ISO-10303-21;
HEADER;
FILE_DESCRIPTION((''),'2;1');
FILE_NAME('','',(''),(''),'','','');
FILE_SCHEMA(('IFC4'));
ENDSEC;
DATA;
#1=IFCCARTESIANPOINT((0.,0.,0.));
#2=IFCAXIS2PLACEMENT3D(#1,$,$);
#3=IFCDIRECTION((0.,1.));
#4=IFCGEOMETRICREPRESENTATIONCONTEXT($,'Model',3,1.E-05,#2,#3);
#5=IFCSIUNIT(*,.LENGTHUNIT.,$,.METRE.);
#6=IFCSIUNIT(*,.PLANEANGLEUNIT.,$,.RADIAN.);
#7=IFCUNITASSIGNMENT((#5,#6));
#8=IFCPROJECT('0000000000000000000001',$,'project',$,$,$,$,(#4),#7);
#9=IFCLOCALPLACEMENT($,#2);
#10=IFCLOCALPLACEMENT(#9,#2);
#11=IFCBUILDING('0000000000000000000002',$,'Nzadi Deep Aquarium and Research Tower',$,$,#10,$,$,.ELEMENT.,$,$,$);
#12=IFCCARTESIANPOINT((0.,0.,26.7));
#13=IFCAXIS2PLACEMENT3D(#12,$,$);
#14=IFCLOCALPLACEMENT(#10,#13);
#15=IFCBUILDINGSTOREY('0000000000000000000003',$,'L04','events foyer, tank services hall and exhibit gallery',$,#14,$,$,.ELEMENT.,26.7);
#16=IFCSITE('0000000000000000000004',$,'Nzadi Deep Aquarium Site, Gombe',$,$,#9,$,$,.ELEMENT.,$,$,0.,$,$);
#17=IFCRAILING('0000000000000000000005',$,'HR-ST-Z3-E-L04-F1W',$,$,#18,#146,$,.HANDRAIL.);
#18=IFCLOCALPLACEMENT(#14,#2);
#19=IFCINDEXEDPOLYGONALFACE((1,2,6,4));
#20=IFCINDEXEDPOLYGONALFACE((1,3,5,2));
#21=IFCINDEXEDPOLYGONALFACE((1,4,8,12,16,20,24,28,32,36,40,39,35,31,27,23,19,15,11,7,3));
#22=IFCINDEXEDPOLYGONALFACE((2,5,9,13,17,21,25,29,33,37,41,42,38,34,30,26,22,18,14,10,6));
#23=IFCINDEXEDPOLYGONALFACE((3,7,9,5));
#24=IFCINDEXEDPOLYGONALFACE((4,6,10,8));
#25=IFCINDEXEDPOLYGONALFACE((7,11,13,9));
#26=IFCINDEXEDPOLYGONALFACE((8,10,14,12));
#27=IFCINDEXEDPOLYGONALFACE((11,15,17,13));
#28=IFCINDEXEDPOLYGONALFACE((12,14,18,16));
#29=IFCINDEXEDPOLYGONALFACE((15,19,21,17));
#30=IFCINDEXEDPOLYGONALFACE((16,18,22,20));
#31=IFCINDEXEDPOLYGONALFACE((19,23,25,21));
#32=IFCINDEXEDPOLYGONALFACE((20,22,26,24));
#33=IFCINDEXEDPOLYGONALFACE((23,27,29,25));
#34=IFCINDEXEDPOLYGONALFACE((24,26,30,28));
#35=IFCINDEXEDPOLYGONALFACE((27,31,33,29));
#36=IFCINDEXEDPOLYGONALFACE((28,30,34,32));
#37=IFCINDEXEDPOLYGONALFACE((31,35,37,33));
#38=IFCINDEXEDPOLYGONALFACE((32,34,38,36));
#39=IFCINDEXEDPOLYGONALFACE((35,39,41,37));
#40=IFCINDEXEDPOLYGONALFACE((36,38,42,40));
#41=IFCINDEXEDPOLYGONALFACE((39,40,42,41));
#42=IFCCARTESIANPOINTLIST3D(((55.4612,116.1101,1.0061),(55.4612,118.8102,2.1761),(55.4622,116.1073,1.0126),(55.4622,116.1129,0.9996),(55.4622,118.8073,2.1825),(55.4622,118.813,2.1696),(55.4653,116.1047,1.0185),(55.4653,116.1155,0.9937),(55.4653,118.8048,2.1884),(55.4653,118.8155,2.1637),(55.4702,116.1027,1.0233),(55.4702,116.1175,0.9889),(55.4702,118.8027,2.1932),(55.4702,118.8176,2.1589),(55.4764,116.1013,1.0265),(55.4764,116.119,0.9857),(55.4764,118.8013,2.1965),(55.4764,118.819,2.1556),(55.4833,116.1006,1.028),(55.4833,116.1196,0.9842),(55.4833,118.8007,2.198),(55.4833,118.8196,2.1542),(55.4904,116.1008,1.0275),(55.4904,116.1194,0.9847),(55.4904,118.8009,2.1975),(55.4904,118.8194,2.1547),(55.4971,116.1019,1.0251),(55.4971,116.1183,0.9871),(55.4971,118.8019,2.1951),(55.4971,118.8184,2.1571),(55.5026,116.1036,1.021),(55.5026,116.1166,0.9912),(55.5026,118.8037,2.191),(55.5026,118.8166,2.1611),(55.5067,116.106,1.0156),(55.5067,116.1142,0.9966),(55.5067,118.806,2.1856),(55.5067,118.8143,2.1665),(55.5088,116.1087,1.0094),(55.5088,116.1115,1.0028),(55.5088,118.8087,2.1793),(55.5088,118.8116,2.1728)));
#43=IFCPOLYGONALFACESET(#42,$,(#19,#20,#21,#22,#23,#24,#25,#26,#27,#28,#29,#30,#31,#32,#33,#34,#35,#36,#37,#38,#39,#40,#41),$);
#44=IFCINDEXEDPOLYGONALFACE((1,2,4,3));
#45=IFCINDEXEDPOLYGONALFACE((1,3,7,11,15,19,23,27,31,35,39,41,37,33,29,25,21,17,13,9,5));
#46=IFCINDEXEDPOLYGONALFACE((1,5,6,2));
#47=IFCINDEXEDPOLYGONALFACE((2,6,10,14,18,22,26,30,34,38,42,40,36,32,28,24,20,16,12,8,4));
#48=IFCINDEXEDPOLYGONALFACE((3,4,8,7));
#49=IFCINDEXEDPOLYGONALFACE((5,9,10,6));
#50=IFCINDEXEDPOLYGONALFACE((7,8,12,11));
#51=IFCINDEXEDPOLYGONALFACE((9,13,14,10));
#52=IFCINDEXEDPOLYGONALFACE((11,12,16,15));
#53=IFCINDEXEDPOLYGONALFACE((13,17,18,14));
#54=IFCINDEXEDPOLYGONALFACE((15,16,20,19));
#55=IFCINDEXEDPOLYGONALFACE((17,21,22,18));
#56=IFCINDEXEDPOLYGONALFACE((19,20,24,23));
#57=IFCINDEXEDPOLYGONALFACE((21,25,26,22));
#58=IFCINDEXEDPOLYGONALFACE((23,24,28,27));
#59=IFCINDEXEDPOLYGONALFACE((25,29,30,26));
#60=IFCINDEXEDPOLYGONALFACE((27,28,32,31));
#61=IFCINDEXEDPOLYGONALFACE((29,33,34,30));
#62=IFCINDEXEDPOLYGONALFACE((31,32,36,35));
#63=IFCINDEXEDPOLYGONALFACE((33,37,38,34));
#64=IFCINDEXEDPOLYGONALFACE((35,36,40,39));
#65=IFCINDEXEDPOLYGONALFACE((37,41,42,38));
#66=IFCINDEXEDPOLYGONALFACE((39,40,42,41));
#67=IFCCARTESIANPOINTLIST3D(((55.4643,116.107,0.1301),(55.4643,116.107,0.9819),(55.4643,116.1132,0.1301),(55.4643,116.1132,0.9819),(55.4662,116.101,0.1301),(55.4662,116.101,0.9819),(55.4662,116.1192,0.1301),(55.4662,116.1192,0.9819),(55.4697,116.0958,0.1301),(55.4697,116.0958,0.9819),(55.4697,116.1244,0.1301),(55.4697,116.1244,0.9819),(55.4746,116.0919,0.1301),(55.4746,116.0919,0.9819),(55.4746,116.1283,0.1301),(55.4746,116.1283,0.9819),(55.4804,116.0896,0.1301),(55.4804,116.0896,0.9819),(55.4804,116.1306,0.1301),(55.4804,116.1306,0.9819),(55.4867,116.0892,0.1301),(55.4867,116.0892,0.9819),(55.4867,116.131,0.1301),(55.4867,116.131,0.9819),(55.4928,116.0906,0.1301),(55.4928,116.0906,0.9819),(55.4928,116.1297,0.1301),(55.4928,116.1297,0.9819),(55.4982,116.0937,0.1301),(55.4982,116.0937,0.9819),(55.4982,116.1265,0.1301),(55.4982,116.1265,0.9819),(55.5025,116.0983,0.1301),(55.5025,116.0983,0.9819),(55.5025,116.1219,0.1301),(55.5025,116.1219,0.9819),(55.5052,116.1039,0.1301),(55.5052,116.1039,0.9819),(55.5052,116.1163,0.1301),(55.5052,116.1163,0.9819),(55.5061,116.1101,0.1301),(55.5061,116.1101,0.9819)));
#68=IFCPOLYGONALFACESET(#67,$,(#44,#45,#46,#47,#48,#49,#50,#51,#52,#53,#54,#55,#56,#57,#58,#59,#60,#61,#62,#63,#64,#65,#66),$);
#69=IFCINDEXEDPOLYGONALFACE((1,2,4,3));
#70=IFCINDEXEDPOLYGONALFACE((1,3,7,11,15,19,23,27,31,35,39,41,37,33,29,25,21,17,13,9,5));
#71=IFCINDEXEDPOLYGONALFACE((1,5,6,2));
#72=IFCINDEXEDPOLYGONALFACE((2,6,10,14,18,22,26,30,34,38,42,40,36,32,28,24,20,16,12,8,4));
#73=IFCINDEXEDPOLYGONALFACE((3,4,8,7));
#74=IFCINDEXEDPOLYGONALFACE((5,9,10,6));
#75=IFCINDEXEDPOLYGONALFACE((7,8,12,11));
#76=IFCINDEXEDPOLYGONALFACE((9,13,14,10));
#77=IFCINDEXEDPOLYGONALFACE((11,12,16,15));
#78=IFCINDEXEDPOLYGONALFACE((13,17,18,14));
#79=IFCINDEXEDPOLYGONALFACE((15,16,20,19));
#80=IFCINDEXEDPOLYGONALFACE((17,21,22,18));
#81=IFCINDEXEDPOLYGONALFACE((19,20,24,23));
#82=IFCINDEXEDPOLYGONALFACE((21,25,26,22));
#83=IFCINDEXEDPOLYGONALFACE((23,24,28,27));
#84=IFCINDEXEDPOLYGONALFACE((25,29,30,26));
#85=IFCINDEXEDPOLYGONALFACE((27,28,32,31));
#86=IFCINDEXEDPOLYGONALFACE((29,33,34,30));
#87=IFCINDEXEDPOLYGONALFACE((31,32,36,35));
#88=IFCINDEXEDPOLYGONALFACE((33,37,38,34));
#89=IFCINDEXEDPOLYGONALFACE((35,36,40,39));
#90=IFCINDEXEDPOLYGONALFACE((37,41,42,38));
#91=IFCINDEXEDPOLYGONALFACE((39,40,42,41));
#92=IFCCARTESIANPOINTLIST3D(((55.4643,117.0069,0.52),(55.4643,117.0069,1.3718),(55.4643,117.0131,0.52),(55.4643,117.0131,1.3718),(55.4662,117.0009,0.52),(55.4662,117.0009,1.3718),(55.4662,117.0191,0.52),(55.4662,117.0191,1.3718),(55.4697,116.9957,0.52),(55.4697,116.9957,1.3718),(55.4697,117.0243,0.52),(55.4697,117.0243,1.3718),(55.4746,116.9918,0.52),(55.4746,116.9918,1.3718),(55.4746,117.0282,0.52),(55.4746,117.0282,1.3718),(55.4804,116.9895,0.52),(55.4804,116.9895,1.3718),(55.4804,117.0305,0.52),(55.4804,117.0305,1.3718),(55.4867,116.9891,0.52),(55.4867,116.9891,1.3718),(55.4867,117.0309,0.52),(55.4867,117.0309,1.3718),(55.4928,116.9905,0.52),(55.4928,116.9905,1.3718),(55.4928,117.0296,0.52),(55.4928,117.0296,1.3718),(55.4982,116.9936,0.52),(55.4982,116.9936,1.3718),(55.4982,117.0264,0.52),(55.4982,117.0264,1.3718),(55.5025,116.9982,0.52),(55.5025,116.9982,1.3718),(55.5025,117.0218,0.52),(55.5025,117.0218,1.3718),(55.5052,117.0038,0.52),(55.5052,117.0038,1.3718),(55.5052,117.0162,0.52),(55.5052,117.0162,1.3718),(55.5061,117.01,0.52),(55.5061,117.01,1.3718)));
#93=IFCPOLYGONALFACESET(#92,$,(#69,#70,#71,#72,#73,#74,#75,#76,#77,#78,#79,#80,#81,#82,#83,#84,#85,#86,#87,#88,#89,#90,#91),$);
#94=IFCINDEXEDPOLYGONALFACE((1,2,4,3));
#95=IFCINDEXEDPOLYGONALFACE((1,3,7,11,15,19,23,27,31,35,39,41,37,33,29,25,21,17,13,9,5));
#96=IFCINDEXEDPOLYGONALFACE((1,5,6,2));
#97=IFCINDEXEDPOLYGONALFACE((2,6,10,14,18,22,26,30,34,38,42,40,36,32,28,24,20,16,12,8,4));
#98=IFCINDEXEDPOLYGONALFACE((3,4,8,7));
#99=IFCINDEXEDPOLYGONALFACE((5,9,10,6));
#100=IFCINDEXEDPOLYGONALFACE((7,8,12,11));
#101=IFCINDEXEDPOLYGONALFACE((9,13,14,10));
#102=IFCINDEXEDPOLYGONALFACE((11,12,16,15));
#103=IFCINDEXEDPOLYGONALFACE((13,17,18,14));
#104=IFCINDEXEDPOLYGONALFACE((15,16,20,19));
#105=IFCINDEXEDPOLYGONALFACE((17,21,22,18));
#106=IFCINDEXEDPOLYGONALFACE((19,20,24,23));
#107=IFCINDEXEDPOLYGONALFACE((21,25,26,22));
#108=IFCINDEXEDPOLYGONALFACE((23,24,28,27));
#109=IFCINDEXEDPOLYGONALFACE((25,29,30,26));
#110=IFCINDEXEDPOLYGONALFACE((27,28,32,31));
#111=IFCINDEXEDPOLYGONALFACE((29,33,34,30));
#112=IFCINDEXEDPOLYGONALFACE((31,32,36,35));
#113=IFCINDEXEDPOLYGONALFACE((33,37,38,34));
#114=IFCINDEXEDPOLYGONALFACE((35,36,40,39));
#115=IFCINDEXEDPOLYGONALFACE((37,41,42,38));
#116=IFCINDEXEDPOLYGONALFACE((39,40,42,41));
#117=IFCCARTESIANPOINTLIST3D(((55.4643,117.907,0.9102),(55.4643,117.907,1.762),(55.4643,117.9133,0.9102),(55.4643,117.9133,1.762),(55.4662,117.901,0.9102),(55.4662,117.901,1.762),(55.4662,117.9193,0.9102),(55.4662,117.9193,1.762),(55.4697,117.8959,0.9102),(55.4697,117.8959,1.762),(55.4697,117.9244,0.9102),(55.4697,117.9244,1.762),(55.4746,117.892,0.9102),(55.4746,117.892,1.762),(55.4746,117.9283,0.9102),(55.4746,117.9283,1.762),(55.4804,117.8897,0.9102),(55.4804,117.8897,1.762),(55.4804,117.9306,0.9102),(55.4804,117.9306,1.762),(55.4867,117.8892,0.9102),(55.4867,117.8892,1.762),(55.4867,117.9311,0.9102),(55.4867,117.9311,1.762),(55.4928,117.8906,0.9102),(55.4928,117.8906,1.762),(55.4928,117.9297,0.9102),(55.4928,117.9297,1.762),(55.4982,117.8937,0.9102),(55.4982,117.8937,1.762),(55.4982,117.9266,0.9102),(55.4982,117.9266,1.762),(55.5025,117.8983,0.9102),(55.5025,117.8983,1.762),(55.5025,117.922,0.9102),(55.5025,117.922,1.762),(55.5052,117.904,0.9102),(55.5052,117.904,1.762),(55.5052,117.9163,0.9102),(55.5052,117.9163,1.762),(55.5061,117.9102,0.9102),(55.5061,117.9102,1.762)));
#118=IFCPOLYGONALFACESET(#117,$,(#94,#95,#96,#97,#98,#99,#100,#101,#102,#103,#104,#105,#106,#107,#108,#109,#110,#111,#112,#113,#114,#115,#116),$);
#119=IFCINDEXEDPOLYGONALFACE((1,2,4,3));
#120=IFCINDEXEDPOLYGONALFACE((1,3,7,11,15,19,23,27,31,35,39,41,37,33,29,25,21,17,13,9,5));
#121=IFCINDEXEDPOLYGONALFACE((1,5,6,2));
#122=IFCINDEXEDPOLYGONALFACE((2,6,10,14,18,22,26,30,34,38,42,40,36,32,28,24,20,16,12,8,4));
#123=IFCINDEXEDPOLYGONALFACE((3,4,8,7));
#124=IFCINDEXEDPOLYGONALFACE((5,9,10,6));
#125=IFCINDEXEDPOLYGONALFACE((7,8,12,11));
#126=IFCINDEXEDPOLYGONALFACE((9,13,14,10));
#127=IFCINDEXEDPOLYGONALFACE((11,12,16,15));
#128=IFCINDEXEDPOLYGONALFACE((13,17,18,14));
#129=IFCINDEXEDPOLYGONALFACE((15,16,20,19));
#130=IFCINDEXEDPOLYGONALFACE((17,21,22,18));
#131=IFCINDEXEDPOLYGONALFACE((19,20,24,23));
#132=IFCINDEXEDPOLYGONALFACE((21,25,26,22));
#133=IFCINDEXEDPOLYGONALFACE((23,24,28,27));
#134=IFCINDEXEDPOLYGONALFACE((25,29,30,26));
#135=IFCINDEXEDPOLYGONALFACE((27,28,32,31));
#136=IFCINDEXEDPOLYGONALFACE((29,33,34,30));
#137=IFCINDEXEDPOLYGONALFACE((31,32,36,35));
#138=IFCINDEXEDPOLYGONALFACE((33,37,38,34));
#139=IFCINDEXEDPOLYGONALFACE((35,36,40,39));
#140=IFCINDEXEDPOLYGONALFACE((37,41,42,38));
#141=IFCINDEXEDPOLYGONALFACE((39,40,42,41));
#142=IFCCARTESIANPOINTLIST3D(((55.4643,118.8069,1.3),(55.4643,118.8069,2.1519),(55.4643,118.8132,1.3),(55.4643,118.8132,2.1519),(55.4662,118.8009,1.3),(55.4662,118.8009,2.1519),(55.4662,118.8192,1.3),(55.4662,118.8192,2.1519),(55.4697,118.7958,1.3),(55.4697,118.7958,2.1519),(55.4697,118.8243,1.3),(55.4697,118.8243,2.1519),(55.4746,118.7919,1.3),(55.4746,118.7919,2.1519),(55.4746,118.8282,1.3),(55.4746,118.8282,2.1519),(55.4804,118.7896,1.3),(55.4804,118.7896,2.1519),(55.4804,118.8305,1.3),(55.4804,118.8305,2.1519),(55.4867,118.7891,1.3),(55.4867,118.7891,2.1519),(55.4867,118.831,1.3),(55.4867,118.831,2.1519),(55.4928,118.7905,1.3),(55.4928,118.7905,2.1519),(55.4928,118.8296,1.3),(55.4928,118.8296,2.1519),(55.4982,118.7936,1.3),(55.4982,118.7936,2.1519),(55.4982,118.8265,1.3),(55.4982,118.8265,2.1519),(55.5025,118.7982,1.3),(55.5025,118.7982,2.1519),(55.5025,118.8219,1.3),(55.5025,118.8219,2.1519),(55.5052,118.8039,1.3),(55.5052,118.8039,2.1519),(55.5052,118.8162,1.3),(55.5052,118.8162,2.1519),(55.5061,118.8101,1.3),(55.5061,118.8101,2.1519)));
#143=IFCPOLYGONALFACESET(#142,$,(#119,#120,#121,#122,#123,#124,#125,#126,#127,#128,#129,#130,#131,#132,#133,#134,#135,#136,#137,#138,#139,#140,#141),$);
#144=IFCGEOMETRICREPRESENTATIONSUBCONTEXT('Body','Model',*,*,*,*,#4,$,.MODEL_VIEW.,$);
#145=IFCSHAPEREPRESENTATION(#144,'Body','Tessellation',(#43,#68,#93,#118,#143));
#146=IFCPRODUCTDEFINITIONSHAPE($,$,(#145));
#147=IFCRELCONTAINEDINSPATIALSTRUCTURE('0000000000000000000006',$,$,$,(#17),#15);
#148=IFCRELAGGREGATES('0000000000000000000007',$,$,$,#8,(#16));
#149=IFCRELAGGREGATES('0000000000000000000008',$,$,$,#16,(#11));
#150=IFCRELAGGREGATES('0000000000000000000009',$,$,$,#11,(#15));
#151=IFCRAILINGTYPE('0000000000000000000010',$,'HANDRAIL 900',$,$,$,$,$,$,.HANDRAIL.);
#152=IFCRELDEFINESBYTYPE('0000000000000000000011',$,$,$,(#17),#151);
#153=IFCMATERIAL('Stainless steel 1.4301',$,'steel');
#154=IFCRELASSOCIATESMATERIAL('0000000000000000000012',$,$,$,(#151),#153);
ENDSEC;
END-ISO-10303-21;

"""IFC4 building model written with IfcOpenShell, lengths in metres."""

from ifc_helpers import new_model, si_unit, direction, frame, origin, origin_2d, place, context, subcontext, project, spatial, circle, extrude, material, type_object, element, save


model = new_model("IFC4")

# Units and contexts
model_context = context("Model", 3, precision=1e-05, world=origin(), true_north=direction((0.0, 1.0)))
body_context = subcontext(model_context, "Body", "Model", "MODEL_VIEW")
ifc_project = project(units=[si_unit("LENGTHUNIT", "METRE"), si_unit("PLANEANGLEUNIT", "RADIAN")], contexts=[model_context])

# Site, building, storey
site_placement = place(None, origin())
site = spatial("IfcSite", under=ifc_project, at=site_placement, Name="Nzadi Deep Aquarium Site, Gombe", CompositionType="ELEMENT", RefElevation=0.0)
building_placement = place(site_placement, origin())
building = spatial("IfcBuilding", under=site, at=building_placement, Name="Nzadi Deep Aquarium and Research Tower", CompositionType="ELEMENT")
storey_placement = place(building_placement, frame((0.0, 0.0, 26.7)))
storey = spatial("IfcBuildingStorey", under=building, at=storey_placement, Name="L04", Description="events foyer, tank services hall and exhibit gallery", CompositionType="ELEMENT", Elevation=26.7)

# Railing
ifc_material_1 = material(Name="Stainless steel 1.4301", Category="steel")
railing_type = type_object("IfcRailingType", Name="HANDRAIL 900", PredefinedType="HANDRAIL", material=ifc_material_1)
for number, where, name in (
    (1, (55.4851, 116.1101, 0.1301), "HR-ST-Z3-E-L04-F1W"),
):
    element("IfcRailing", number, at=place(storey_placement, frame(where)), inside=storey, type_object=railing_type, Name=name, PredefinedType="HANDRAIL", context=body_context, shape_type="SweptSolid", body=[
        extrude(circle(Radius=0.0239, at=origin_2d()), frame((0.0, 0.0, 0.876), z_axis=(0.0, 0.917563, 0.397591), x_axis=(-1.0, 0.0, 0.0)), (0.0, 0.0, 1.0), 2.9426),
        extrude(circle(Radius=0.021, at=origin_2d()), origin(), (0.0, 0.0, 1.0), 0.8518),
        extrude(circle(Radius=0.021, at=origin_2d()), frame((0.0, 0.8999, 0.3899)), (0.0, 0.0, 1.0), 0.8518),
        extrude(circle(Radius=0.021, at=origin_2d()), frame((0.0, 1.8, 0.78)), (0.0, 0.0, 1.0), 0.8518),
        extrude(circle(Radius=0.021, at=origin_2d()), frame((0.0, 2.7, 1.1699)), (0.0, 0.0, 1.0), 0.8518),
    ])

save(model, "model.ifc")
